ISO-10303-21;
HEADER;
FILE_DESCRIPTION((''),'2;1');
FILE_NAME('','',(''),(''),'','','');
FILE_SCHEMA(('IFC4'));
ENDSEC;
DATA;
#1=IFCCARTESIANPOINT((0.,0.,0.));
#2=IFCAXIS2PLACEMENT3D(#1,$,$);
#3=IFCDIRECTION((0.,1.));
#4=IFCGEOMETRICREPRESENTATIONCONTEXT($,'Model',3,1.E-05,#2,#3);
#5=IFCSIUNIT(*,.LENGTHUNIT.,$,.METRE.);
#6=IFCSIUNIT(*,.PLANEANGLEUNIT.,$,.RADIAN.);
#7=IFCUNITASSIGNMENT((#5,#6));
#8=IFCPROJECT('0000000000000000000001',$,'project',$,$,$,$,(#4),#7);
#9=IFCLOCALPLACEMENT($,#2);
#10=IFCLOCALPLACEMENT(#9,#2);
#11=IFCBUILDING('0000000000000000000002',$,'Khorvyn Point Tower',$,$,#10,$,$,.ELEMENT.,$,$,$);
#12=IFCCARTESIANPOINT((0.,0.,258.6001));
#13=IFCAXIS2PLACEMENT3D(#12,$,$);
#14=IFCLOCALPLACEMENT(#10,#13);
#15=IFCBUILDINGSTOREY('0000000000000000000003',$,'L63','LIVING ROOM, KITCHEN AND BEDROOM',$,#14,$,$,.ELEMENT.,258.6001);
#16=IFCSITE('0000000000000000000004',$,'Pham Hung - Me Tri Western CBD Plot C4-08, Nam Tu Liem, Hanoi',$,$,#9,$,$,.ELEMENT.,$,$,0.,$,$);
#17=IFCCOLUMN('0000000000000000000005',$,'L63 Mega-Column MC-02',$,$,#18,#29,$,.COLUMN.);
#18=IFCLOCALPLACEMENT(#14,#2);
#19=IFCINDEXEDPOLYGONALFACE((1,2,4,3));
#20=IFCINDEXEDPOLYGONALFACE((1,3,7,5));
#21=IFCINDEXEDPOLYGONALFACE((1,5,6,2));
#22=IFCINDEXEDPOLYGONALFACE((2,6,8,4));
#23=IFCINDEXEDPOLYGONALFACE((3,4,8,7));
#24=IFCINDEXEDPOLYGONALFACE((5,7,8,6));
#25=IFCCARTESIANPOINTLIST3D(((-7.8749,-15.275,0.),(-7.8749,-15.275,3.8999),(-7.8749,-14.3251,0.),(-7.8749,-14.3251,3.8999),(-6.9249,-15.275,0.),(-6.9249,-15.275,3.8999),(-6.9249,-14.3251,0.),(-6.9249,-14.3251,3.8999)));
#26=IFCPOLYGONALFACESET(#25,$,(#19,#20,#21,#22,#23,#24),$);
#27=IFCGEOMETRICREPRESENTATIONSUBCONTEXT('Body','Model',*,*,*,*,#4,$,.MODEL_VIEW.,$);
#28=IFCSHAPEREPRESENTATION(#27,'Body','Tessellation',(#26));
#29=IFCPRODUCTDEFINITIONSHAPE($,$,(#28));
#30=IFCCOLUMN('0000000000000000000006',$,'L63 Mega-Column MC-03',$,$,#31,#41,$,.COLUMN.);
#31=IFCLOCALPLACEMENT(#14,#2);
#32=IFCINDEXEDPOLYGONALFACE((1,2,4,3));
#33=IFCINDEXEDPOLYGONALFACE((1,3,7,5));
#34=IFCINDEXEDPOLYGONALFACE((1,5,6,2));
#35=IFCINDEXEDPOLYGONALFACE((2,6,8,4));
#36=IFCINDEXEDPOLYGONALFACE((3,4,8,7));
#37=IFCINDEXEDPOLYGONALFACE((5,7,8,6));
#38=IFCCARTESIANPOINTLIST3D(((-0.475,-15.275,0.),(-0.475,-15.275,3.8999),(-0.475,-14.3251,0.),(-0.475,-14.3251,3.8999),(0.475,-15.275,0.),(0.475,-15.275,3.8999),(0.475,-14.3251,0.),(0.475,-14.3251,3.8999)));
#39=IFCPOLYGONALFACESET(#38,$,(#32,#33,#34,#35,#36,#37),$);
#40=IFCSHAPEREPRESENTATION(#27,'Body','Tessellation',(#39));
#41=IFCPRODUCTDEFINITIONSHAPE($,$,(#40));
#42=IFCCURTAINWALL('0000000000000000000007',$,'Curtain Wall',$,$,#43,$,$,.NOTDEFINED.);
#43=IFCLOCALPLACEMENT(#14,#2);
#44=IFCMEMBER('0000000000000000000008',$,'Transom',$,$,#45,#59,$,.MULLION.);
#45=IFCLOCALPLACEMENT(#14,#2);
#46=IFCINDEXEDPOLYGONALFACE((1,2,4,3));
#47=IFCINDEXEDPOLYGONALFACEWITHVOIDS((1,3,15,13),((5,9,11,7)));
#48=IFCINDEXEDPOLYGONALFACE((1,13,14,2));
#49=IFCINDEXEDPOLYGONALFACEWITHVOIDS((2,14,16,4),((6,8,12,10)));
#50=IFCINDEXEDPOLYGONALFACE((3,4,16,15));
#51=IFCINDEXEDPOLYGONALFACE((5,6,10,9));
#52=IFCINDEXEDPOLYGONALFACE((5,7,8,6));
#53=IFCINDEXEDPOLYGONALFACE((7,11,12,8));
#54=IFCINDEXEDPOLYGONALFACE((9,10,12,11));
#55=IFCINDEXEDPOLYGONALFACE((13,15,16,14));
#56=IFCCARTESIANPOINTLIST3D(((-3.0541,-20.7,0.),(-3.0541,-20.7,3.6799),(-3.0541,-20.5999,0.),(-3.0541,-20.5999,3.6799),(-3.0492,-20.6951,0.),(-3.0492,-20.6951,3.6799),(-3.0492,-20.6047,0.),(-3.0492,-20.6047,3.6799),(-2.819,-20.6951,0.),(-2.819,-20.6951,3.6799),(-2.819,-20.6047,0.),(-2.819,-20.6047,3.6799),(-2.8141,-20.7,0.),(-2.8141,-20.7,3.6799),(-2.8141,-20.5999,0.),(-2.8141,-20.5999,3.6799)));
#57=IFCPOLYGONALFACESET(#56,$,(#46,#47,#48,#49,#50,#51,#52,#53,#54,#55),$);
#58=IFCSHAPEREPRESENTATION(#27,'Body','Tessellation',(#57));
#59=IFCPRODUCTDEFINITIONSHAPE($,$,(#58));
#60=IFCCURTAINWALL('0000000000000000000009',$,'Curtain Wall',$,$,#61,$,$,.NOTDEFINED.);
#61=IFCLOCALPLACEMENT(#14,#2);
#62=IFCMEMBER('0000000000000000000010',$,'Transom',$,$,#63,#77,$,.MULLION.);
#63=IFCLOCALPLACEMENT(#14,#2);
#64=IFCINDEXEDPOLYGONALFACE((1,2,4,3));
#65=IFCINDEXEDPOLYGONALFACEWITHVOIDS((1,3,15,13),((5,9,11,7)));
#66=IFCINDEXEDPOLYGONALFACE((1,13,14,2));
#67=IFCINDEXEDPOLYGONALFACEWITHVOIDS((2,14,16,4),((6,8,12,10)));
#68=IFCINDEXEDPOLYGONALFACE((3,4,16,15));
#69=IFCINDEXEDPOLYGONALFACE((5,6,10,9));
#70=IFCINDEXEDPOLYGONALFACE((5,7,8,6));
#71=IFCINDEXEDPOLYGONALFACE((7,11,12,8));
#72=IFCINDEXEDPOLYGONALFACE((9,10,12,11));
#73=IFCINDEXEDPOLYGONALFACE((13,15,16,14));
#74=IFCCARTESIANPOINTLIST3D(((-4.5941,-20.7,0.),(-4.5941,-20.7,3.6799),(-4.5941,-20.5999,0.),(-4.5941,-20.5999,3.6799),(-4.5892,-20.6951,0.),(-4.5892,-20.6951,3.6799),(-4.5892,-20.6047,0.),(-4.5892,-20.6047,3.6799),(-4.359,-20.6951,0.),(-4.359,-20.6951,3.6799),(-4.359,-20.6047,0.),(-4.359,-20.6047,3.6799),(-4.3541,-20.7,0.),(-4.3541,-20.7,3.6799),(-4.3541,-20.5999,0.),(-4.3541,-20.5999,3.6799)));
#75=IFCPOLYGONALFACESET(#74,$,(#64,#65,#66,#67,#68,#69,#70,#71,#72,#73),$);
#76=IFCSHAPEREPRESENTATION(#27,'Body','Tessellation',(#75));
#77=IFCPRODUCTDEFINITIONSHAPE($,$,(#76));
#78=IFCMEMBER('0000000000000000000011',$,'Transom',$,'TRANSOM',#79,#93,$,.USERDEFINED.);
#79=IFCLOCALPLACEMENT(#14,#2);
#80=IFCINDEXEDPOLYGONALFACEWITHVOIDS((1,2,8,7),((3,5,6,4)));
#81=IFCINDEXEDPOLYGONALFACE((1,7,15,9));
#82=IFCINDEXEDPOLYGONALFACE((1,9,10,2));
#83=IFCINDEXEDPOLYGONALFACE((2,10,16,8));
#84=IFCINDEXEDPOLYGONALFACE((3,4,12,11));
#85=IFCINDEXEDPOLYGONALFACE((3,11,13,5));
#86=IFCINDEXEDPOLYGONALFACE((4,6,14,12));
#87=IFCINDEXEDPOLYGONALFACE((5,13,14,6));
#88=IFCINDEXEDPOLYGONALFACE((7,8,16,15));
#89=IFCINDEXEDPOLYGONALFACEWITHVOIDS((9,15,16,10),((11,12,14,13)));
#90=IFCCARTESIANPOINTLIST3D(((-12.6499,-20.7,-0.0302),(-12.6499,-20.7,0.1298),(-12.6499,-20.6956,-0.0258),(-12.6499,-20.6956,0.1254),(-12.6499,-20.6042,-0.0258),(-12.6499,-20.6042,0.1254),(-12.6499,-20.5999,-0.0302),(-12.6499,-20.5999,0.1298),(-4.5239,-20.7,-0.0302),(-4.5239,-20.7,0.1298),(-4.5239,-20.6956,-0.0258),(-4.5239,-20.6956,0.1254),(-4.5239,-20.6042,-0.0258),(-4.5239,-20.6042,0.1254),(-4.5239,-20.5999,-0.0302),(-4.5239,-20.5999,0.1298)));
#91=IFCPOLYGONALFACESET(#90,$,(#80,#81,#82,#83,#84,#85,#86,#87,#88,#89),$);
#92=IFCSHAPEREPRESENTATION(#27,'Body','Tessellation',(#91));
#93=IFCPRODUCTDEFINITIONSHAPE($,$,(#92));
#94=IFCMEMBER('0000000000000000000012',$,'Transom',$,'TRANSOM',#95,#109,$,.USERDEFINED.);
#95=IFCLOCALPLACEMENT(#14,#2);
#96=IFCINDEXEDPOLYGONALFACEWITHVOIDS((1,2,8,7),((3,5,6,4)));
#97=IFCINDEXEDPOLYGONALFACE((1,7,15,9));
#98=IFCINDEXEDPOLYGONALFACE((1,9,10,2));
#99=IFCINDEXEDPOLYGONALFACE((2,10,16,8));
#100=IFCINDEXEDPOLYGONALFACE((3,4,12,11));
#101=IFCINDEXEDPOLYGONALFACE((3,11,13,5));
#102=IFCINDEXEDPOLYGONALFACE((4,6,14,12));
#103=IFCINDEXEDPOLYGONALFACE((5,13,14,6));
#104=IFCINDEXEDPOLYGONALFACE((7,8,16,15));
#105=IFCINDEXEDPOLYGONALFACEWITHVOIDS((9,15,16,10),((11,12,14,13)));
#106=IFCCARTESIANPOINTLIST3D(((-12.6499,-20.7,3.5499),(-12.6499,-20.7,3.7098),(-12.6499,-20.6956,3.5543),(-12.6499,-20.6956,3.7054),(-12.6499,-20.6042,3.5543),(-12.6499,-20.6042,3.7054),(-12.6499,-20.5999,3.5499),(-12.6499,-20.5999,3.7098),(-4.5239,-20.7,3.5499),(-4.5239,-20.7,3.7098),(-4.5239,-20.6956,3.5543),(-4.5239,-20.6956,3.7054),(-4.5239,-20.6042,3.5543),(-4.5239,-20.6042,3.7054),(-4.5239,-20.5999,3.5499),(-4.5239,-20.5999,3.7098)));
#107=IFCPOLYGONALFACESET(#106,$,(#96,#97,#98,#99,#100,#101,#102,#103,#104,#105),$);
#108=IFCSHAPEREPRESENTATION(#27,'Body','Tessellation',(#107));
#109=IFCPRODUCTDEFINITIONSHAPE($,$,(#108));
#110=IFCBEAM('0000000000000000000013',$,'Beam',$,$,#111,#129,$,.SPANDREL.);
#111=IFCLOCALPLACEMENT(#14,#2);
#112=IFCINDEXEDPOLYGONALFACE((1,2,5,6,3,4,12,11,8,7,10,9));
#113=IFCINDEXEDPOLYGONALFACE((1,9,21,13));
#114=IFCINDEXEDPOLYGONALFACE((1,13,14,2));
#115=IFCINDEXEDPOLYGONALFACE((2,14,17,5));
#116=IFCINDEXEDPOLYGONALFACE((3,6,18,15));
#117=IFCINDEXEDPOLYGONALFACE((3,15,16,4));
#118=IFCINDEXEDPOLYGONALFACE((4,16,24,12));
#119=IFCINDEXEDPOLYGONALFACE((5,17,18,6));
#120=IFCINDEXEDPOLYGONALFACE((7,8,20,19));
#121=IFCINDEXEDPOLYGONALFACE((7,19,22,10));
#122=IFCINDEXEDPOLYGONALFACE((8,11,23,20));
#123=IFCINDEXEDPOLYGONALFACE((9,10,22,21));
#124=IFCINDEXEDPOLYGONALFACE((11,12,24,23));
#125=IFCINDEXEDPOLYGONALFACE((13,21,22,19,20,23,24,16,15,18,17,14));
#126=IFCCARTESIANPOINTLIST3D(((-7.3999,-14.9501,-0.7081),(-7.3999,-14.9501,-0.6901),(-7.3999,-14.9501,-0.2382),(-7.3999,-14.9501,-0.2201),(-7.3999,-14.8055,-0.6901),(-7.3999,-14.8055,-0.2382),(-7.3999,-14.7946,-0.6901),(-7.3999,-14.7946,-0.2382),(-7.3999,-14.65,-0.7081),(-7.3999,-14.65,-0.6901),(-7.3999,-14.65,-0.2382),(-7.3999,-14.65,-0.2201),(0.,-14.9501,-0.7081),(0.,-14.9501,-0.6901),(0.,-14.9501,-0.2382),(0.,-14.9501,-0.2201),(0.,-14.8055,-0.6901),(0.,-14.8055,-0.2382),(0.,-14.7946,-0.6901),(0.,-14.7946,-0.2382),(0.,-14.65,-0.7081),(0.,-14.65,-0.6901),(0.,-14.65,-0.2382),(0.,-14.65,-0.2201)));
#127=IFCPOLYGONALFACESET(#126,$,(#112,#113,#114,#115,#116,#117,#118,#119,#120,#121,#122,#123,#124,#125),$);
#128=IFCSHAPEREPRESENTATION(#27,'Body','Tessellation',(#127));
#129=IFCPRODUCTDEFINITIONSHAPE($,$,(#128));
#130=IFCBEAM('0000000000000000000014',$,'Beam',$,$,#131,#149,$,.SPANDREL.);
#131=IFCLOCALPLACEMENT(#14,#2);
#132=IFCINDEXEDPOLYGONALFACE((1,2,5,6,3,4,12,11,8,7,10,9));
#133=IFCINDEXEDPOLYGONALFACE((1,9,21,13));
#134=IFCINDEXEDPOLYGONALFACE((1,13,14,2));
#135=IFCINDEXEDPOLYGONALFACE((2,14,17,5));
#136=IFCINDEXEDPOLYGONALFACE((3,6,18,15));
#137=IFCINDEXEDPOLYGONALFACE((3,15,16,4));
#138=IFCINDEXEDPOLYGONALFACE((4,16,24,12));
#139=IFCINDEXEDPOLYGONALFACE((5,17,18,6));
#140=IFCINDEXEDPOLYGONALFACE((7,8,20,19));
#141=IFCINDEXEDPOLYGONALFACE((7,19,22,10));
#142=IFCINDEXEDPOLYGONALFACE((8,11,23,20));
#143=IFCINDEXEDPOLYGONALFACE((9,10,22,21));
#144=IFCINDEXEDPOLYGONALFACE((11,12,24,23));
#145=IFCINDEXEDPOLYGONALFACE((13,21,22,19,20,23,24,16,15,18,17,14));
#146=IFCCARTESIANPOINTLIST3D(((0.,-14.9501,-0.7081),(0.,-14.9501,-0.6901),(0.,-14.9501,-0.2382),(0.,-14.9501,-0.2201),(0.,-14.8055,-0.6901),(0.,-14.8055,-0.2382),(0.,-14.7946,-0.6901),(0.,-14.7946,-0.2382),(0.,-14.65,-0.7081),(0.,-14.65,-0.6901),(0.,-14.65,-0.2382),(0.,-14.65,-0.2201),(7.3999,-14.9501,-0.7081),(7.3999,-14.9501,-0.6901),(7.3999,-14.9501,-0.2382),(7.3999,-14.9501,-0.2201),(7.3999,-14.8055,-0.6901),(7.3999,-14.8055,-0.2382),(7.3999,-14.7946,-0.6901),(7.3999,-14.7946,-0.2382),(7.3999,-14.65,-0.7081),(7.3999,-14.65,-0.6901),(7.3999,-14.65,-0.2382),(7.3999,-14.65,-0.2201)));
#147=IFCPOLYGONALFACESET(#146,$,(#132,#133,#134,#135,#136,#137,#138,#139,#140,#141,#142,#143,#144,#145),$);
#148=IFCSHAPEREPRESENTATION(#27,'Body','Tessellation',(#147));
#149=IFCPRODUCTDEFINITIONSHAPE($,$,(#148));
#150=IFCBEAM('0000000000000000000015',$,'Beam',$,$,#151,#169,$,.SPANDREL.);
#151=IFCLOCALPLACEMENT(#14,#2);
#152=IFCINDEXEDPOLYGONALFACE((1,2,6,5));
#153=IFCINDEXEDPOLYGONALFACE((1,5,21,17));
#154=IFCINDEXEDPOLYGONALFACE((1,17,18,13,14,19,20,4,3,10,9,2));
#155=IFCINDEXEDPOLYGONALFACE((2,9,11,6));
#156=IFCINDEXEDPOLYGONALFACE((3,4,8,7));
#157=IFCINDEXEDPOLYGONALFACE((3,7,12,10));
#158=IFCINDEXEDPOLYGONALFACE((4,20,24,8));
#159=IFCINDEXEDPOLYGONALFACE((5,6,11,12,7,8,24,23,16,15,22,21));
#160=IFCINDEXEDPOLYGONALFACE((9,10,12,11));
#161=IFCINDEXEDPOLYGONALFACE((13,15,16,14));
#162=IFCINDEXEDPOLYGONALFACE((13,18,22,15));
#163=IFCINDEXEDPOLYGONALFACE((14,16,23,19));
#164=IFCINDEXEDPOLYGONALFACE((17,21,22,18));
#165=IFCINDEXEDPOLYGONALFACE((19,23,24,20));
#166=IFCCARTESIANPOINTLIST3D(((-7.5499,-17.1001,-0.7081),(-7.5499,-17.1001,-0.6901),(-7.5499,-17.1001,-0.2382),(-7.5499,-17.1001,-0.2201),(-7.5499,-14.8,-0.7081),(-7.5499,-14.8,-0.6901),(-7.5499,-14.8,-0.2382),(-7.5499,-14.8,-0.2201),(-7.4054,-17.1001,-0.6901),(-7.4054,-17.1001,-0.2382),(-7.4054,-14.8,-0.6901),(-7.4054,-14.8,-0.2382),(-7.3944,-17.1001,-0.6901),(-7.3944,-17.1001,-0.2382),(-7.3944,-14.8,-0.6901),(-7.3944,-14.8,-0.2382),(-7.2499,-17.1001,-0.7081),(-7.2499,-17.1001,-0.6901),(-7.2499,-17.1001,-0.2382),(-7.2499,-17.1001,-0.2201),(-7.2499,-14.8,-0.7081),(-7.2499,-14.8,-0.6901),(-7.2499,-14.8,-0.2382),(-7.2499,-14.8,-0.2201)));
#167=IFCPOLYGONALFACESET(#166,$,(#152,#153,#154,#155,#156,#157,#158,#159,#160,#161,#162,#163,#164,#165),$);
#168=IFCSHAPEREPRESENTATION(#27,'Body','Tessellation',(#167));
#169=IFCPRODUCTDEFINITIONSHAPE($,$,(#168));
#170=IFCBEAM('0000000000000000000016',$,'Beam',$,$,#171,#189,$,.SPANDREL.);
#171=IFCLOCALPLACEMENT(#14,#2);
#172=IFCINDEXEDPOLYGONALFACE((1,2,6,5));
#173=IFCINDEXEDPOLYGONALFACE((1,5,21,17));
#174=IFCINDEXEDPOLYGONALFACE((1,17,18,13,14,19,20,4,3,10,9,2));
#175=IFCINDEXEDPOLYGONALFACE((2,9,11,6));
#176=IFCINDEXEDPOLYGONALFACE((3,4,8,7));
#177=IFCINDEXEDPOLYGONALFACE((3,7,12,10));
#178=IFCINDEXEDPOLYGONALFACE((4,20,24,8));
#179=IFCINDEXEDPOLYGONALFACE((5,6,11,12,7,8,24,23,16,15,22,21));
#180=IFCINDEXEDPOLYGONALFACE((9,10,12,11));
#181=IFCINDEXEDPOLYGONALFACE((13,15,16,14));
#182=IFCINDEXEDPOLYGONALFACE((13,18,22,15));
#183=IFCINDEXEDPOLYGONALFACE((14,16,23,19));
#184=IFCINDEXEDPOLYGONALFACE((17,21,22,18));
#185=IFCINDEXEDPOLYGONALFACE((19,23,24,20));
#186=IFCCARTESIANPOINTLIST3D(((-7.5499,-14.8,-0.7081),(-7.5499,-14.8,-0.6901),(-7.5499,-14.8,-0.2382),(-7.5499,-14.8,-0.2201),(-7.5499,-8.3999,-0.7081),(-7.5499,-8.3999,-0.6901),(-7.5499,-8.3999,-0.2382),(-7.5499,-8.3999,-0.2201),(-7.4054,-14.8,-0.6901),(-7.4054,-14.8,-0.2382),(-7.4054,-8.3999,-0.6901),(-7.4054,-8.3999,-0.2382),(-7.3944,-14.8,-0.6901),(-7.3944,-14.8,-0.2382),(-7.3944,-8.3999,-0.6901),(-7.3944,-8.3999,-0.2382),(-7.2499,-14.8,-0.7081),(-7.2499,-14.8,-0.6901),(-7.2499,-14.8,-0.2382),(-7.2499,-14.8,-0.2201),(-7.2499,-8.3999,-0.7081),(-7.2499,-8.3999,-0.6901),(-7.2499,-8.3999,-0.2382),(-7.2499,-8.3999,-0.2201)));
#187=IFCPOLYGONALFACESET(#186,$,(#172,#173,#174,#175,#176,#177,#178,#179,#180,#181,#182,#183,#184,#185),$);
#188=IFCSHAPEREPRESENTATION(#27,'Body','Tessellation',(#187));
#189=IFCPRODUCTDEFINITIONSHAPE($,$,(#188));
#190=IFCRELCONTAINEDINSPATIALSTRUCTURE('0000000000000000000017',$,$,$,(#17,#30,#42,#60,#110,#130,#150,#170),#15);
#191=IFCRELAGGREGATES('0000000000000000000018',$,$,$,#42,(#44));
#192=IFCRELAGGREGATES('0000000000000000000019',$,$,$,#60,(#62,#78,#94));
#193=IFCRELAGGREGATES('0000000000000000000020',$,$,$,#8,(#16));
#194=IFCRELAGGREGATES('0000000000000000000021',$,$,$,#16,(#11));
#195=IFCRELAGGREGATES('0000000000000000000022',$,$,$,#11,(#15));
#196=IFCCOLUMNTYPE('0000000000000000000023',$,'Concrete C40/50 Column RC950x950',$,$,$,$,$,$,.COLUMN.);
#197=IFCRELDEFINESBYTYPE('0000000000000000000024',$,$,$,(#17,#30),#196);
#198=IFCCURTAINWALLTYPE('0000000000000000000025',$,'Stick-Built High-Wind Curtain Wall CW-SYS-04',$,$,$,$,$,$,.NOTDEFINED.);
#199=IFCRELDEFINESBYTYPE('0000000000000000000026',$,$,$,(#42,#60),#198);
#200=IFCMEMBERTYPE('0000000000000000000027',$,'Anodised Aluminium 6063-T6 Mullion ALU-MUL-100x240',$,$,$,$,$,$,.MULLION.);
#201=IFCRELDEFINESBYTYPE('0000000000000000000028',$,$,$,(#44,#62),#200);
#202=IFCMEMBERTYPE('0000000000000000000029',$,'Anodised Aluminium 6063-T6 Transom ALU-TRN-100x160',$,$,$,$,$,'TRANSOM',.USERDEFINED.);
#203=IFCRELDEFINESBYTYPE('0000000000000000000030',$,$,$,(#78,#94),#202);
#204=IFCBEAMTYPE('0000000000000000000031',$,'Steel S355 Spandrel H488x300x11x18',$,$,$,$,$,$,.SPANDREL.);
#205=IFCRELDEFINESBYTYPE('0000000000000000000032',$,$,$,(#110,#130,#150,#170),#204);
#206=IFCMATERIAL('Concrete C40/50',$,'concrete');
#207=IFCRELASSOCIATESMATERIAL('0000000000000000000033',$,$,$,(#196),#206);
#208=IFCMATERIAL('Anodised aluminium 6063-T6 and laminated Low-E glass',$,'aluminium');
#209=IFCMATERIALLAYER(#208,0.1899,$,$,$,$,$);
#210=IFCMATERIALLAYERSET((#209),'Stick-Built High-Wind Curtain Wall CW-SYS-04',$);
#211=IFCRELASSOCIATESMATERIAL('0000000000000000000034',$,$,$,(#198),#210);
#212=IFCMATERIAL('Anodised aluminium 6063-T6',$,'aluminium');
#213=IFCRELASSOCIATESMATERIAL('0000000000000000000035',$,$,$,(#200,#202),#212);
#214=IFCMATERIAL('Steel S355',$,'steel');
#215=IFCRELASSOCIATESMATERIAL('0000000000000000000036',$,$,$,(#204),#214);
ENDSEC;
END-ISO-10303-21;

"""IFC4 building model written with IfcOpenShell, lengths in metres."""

from ifc_helpers import new_model, si_unit, direction, frame, origin, origin_2d, place, context, subcontext, project, spatial, rectangle, hollow_rectangle, i_section, extrude, material, layer, layer_set, material_profile, profile_set, type_object, element, aggregate, save


model = new_model("IFC4")

# Units and contexts
model_context = context("Model", 3, precision=1e-05, world=origin(), true_north=direction((0.0, 1.0)))
body_context = subcontext(model_context, "Body", "Model", "MODEL_VIEW")
ifc_project = project(units=[si_unit("LENGTHUNIT", "METRE"), si_unit("PLANEANGLEUNIT", "RADIAN")], contexts=[model_context])

# Site, building, storey
site_placement = place(None, origin())
site = spatial("IfcSite", under=ifc_project, at=site_placement, Name="Pham Hung - Me Tri Western CBD Plot C4-08, Nam Tu Liem, Hanoi", CompositionType="ELEMENT", RefElevation=0.0)
building_placement = place(site_placement, origin())
building = spatial("IfcBuilding", under=site, at=building_placement, Name="Khorvyn Point Tower", CompositionType="ELEMENT")
storey_placement = place(building_placement, frame((0.0, 0.0, 258.6001)))
storey = spatial("IfcBuildingStorey", under=building, at=storey_placement, Name="L63", Description="LIVING ROOM, KITCHEN AND BEDROOM", CompositionType="ELEMENT", Elevation=258.6001)

# Columns
ifc_material_1 = material(Name="Concrete C40/50", Category="concrete")
ifc_material_profile_1 = material_profile(ifc_material_1, rectangle(XDim=0.95, YDim=0.95, at=origin_2d()))
ifc_profile_set_1 = profile_set([ifc_material_profile_1], Name="Concrete C40/50 RC950x950")
column_type = type_object("IfcColumnType", Name="Concrete C40/50 Column RC950x950", PredefinedType="COLUMN", material=ifc_profile_set_1)
for number, where, z_axis, x_axis, name in (
    (1, (-7.3999, -14.8, 0.0), (0.0, 0.0, 1.0), (1.0, 0.0, 0.0), "L63 Mega-Column MC-02"),
    (2, (0.0, -14.8, 0.0), (0.0, 0.0, 1.0), (1.0, 0.0, 0.0), "L63 Mega-Column MC-03"),
):
    element("IfcColumn", number, at=place(storey_placement, frame(where, z_axis=z_axis, x_axis=x_axis)), inside=storey, type_object=column_type, Name=name, PredefinedType="COLUMN", context=body_context, shape_type="SweptSolid", body=[
        extrude(rectangle(XDim=0.95, YDim=0.95, at=origin_2d()), origin(), (0.0, 0.0, 1.0), 3.8999),
    ])

# Curtain wall, member
ifc_material_2 = material(Name="Anodised aluminium 6063-T6 and laminated Low-E glass", Category="aluminium")
ifc_layer_1 = layer(ifc_material_2, 0.1899)
ifc_layer_set_1 = layer_set([ifc_layer_1], Name="Stick-Built High-Wind Curtain Wall CW-SYS-04")
curtain_wall_type = type_object("IfcCurtainWallType", Name="Stick-Built High-Wind Curtain Wall CW-SYS-04", PredefinedType="NOTDEFINED", material=ifc_layer_set_1)
curtain_wall_1_placement = place(storey_placement, origin())
curtain_wall_1 = element("IfcCurtainWall", 3, at=curtain_wall_1_placement, inside=storey, type_object=curtain_wall_type, Name="Curtain Wall", PredefinedType="NOTDEFINED")
ifc_material_3 = material(Name="Anodised aluminium 6063-T6", Category="aluminium")
ifc_material_profile_2 = material_profile(ifc_material_3, hollow_rectangle(XDim=0.1001, YDim=0.24, WallThickness=0.0049, at=origin_2d()))
ifc_profile_set_2 = profile_set([ifc_material_profile_2], Name="Anodised aluminium 6063-T6 ALU-MUL-100x240")
member_type_1 = type_object("IfcMemberType", Name="Anodised Aluminium 6063-T6 Mullion ALU-MUL-100x240", PredefinedType="MULLION", material=ifc_profile_set_2)
member_1_placement = place(storey_placement, frame((-2.9341, -20.6499, 0.0), z_axis=(0.0, 0.0, 1.0), x_axis=(0.0, -1.0, 0.0)))
member_1 = element("IfcMember", 4, at=member_1_placement, type_object=member_type_1, Name="Transom", PredefinedType="MULLION", context=body_context, shape_type="SweptSolid", body=[
    extrude(hollow_rectangle(XDim=0.1001, YDim=0.24, WallThickness=0.0049, at=origin_2d()), origin(), (0.0, 0.0, 1.0), 3.6799),
])

# Curtain wall, members
curtain_wall_2_placement = place(storey_placement, origin())
curtain_wall_2 = element("IfcCurtainWall", 5, at=curtain_wall_2_placement, inside=storey, type_object=curtain_wall_type, Name="Curtain Wall", PredefinedType="NOTDEFINED")
member_2_placement = place(storey_placement, frame((-4.4741, -20.6499, 0.0), z_axis=(0.0, 0.0, 1.0), x_axis=(0.0, -1.0, 0.0)))
member_2 = element("IfcMember", 6, at=member_2_placement, type_object=member_type_1, Name="Transom", PredefinedType="MULLION", context=body_context, shape_type="SweptSolid", body=[
    extrude(hollow_rectangle(XDim=0.1001, YDim=0.24, WallThickness=0.0049, at=origin_2d()), origin(), (0.0, 0.0, 1.0), 3.6799),
])
ifc_material_profile_3 = material_profile(ifc_material_3, hollow_rectangle(XDim=0.1001, YDim=0.1599, WallThickness=0.0044, at=origin_2d()))
ifc_profile_set_3 = profile_set([ifc_material_profile_3], Name="Anodised aluminium 6063-T6 ALU-TRN-100x160")
member_type_2 = type_object("IfcMemberType", Name="Anodised Aluminium 6063-T6 Transom ALU-TRN-100x160", ElementType="TRANSOM", PredefinedType="USERDEFINED", material=ifc_profile_set_3)
member_3_placement = place(storey_placement, frame((-4.5239, -20.6499, 0.0498), z_axis=(-1.0, 0.0, 0.0), x_axis=(0.0, -1.0, 0.0)))
member_3 = element("IfcMember", 7, at=member_3_placement, type_object=member_type_2, Name="Transom", ObjectType="TRANSOM", PredefinedType="USERDEFINED", context=body_context, shape_type="SweptSolid", body=[
    extrude(hollow_rectangle(XDim=0.1001, YDim=0.1599, WallThickness=0.0044, at=origin_2d()), origin(), (0.0, 0.0, 1.0), 8.126),
])
member_4_placement = place(storey_placement, frame((-4.5239, -20.6499, 3.6299), z_axis=(-1.0, 0.0, 0.0), x_axis=(0.0, -1.0, 0.0)))
member_4 = element("IfcMember", 8, at=member_4_placement, type_object=member_type_2, Name="Transom", ObjectType="TRANSOM", PredefinedType="USERDEFINED", context=body_context, shape_type="SweptSolid", body=[
    extrude(hollow_rectangle(XDim=0.1001, YDim=0.1599, WallThickness=0.0044, at=origin_2d()), origin(), (0.0, 0.0, 1.0), 8.126),
])

# Beams
ifc_material_4 = material(Name="Steel S355", Category="steel")
ifc_material_profile_4 = material_profile(ifc_material_4, i_section(OverallWidth=0.3, OverallDepth=0.488, WebThickness=0.011, FlangeThickness=0.0181, at=origin_2d()))
ifc_profile_set_4 = profile_set([ifc_material_profile_4], Name="Steel S355 H488x300x11x18")
beam_type = type_object("IfcBeamType", Name="Steel S355 Spandrel H488x300x11x18", PredefinedType="SPANDREL", material=ifc_profile_set_4)
for number, where, z_axis, x_axis, name in (
    (9, (-7.3999, -14.8, -0.4641), (1.0, 0.0, 0.0), (0.0, 1.0, 0.0), "Beam"),
    (10, (0.0, -14.8, -0.4641), (1.0, 0.0, 0.0), (0.0, 1.0, 0.0), "Beam"),
):
    element("IfcBeam", number, at=place(storey_placement, frame(where, z_axis=z_axis, x_axis=x_axis)), inside=storey, type_object=beam_type, Name=name, PredefinedType="SPANDREL", context=body_context, shape_type="SweptSolid", body=[
        extrude(i_section(OverallWidth=0.3, OverallDepth=0.488, WebThickness=0.011, FlangeThickness=0.0181, at=origin_2d()), origin(), (0.0, 0.0, 1.0), 7.3999),
    ])
beam_1_placement = place(storey_placement, frame((-7.3999, -17.1001, -0.4641), z_axis=(0.0, 1.0, 0.0), x_axis=(-1.0, 0.0, 0.0)))
element("IfcBeam", 11, at=beam_1_placement, inside=storey, type_object=beam_type, Name="Beam", PredefinedType="SPANDREL", context=body_context, shape_type="SweptSolid", body=[
    extrude(i_section(OverallWidth=0.3, OverallDepth=0.488, WebThickness=0.011, FlangeThickness=0.0181, at=origin_2d()), origin(), (0.0, 0.0, 1.0), 2.3),
])
beam_2_placement = place(storey_placement, frame((-7.3999, -14.8, -0.4641), z_axis=(0.0, 1.0, 0.0), x_axis=(-1.0, 0.0, 0.0)))
element("IfcBeam", 12, at=beam_2_placement, inside=storey, type_object=beam_type, Name="Beam", PredefinedType="SPANDREL", context=body_context, shape_type="SweptSolid", body=[
    extrude(i_section(OverallWidth=0.3, OverallDepth=0.488, WebThickness=0.011, FlangeThickness=0.0181, at=origin_2d()), origin(), (0.0, 0.0, 1.0), 6.4001),
])

aggregate(curtain_wall_1, [member_1])
aggregate(curtain_wall_2, [member_2, member_3, member_4])

save(model, "model.ifc")
